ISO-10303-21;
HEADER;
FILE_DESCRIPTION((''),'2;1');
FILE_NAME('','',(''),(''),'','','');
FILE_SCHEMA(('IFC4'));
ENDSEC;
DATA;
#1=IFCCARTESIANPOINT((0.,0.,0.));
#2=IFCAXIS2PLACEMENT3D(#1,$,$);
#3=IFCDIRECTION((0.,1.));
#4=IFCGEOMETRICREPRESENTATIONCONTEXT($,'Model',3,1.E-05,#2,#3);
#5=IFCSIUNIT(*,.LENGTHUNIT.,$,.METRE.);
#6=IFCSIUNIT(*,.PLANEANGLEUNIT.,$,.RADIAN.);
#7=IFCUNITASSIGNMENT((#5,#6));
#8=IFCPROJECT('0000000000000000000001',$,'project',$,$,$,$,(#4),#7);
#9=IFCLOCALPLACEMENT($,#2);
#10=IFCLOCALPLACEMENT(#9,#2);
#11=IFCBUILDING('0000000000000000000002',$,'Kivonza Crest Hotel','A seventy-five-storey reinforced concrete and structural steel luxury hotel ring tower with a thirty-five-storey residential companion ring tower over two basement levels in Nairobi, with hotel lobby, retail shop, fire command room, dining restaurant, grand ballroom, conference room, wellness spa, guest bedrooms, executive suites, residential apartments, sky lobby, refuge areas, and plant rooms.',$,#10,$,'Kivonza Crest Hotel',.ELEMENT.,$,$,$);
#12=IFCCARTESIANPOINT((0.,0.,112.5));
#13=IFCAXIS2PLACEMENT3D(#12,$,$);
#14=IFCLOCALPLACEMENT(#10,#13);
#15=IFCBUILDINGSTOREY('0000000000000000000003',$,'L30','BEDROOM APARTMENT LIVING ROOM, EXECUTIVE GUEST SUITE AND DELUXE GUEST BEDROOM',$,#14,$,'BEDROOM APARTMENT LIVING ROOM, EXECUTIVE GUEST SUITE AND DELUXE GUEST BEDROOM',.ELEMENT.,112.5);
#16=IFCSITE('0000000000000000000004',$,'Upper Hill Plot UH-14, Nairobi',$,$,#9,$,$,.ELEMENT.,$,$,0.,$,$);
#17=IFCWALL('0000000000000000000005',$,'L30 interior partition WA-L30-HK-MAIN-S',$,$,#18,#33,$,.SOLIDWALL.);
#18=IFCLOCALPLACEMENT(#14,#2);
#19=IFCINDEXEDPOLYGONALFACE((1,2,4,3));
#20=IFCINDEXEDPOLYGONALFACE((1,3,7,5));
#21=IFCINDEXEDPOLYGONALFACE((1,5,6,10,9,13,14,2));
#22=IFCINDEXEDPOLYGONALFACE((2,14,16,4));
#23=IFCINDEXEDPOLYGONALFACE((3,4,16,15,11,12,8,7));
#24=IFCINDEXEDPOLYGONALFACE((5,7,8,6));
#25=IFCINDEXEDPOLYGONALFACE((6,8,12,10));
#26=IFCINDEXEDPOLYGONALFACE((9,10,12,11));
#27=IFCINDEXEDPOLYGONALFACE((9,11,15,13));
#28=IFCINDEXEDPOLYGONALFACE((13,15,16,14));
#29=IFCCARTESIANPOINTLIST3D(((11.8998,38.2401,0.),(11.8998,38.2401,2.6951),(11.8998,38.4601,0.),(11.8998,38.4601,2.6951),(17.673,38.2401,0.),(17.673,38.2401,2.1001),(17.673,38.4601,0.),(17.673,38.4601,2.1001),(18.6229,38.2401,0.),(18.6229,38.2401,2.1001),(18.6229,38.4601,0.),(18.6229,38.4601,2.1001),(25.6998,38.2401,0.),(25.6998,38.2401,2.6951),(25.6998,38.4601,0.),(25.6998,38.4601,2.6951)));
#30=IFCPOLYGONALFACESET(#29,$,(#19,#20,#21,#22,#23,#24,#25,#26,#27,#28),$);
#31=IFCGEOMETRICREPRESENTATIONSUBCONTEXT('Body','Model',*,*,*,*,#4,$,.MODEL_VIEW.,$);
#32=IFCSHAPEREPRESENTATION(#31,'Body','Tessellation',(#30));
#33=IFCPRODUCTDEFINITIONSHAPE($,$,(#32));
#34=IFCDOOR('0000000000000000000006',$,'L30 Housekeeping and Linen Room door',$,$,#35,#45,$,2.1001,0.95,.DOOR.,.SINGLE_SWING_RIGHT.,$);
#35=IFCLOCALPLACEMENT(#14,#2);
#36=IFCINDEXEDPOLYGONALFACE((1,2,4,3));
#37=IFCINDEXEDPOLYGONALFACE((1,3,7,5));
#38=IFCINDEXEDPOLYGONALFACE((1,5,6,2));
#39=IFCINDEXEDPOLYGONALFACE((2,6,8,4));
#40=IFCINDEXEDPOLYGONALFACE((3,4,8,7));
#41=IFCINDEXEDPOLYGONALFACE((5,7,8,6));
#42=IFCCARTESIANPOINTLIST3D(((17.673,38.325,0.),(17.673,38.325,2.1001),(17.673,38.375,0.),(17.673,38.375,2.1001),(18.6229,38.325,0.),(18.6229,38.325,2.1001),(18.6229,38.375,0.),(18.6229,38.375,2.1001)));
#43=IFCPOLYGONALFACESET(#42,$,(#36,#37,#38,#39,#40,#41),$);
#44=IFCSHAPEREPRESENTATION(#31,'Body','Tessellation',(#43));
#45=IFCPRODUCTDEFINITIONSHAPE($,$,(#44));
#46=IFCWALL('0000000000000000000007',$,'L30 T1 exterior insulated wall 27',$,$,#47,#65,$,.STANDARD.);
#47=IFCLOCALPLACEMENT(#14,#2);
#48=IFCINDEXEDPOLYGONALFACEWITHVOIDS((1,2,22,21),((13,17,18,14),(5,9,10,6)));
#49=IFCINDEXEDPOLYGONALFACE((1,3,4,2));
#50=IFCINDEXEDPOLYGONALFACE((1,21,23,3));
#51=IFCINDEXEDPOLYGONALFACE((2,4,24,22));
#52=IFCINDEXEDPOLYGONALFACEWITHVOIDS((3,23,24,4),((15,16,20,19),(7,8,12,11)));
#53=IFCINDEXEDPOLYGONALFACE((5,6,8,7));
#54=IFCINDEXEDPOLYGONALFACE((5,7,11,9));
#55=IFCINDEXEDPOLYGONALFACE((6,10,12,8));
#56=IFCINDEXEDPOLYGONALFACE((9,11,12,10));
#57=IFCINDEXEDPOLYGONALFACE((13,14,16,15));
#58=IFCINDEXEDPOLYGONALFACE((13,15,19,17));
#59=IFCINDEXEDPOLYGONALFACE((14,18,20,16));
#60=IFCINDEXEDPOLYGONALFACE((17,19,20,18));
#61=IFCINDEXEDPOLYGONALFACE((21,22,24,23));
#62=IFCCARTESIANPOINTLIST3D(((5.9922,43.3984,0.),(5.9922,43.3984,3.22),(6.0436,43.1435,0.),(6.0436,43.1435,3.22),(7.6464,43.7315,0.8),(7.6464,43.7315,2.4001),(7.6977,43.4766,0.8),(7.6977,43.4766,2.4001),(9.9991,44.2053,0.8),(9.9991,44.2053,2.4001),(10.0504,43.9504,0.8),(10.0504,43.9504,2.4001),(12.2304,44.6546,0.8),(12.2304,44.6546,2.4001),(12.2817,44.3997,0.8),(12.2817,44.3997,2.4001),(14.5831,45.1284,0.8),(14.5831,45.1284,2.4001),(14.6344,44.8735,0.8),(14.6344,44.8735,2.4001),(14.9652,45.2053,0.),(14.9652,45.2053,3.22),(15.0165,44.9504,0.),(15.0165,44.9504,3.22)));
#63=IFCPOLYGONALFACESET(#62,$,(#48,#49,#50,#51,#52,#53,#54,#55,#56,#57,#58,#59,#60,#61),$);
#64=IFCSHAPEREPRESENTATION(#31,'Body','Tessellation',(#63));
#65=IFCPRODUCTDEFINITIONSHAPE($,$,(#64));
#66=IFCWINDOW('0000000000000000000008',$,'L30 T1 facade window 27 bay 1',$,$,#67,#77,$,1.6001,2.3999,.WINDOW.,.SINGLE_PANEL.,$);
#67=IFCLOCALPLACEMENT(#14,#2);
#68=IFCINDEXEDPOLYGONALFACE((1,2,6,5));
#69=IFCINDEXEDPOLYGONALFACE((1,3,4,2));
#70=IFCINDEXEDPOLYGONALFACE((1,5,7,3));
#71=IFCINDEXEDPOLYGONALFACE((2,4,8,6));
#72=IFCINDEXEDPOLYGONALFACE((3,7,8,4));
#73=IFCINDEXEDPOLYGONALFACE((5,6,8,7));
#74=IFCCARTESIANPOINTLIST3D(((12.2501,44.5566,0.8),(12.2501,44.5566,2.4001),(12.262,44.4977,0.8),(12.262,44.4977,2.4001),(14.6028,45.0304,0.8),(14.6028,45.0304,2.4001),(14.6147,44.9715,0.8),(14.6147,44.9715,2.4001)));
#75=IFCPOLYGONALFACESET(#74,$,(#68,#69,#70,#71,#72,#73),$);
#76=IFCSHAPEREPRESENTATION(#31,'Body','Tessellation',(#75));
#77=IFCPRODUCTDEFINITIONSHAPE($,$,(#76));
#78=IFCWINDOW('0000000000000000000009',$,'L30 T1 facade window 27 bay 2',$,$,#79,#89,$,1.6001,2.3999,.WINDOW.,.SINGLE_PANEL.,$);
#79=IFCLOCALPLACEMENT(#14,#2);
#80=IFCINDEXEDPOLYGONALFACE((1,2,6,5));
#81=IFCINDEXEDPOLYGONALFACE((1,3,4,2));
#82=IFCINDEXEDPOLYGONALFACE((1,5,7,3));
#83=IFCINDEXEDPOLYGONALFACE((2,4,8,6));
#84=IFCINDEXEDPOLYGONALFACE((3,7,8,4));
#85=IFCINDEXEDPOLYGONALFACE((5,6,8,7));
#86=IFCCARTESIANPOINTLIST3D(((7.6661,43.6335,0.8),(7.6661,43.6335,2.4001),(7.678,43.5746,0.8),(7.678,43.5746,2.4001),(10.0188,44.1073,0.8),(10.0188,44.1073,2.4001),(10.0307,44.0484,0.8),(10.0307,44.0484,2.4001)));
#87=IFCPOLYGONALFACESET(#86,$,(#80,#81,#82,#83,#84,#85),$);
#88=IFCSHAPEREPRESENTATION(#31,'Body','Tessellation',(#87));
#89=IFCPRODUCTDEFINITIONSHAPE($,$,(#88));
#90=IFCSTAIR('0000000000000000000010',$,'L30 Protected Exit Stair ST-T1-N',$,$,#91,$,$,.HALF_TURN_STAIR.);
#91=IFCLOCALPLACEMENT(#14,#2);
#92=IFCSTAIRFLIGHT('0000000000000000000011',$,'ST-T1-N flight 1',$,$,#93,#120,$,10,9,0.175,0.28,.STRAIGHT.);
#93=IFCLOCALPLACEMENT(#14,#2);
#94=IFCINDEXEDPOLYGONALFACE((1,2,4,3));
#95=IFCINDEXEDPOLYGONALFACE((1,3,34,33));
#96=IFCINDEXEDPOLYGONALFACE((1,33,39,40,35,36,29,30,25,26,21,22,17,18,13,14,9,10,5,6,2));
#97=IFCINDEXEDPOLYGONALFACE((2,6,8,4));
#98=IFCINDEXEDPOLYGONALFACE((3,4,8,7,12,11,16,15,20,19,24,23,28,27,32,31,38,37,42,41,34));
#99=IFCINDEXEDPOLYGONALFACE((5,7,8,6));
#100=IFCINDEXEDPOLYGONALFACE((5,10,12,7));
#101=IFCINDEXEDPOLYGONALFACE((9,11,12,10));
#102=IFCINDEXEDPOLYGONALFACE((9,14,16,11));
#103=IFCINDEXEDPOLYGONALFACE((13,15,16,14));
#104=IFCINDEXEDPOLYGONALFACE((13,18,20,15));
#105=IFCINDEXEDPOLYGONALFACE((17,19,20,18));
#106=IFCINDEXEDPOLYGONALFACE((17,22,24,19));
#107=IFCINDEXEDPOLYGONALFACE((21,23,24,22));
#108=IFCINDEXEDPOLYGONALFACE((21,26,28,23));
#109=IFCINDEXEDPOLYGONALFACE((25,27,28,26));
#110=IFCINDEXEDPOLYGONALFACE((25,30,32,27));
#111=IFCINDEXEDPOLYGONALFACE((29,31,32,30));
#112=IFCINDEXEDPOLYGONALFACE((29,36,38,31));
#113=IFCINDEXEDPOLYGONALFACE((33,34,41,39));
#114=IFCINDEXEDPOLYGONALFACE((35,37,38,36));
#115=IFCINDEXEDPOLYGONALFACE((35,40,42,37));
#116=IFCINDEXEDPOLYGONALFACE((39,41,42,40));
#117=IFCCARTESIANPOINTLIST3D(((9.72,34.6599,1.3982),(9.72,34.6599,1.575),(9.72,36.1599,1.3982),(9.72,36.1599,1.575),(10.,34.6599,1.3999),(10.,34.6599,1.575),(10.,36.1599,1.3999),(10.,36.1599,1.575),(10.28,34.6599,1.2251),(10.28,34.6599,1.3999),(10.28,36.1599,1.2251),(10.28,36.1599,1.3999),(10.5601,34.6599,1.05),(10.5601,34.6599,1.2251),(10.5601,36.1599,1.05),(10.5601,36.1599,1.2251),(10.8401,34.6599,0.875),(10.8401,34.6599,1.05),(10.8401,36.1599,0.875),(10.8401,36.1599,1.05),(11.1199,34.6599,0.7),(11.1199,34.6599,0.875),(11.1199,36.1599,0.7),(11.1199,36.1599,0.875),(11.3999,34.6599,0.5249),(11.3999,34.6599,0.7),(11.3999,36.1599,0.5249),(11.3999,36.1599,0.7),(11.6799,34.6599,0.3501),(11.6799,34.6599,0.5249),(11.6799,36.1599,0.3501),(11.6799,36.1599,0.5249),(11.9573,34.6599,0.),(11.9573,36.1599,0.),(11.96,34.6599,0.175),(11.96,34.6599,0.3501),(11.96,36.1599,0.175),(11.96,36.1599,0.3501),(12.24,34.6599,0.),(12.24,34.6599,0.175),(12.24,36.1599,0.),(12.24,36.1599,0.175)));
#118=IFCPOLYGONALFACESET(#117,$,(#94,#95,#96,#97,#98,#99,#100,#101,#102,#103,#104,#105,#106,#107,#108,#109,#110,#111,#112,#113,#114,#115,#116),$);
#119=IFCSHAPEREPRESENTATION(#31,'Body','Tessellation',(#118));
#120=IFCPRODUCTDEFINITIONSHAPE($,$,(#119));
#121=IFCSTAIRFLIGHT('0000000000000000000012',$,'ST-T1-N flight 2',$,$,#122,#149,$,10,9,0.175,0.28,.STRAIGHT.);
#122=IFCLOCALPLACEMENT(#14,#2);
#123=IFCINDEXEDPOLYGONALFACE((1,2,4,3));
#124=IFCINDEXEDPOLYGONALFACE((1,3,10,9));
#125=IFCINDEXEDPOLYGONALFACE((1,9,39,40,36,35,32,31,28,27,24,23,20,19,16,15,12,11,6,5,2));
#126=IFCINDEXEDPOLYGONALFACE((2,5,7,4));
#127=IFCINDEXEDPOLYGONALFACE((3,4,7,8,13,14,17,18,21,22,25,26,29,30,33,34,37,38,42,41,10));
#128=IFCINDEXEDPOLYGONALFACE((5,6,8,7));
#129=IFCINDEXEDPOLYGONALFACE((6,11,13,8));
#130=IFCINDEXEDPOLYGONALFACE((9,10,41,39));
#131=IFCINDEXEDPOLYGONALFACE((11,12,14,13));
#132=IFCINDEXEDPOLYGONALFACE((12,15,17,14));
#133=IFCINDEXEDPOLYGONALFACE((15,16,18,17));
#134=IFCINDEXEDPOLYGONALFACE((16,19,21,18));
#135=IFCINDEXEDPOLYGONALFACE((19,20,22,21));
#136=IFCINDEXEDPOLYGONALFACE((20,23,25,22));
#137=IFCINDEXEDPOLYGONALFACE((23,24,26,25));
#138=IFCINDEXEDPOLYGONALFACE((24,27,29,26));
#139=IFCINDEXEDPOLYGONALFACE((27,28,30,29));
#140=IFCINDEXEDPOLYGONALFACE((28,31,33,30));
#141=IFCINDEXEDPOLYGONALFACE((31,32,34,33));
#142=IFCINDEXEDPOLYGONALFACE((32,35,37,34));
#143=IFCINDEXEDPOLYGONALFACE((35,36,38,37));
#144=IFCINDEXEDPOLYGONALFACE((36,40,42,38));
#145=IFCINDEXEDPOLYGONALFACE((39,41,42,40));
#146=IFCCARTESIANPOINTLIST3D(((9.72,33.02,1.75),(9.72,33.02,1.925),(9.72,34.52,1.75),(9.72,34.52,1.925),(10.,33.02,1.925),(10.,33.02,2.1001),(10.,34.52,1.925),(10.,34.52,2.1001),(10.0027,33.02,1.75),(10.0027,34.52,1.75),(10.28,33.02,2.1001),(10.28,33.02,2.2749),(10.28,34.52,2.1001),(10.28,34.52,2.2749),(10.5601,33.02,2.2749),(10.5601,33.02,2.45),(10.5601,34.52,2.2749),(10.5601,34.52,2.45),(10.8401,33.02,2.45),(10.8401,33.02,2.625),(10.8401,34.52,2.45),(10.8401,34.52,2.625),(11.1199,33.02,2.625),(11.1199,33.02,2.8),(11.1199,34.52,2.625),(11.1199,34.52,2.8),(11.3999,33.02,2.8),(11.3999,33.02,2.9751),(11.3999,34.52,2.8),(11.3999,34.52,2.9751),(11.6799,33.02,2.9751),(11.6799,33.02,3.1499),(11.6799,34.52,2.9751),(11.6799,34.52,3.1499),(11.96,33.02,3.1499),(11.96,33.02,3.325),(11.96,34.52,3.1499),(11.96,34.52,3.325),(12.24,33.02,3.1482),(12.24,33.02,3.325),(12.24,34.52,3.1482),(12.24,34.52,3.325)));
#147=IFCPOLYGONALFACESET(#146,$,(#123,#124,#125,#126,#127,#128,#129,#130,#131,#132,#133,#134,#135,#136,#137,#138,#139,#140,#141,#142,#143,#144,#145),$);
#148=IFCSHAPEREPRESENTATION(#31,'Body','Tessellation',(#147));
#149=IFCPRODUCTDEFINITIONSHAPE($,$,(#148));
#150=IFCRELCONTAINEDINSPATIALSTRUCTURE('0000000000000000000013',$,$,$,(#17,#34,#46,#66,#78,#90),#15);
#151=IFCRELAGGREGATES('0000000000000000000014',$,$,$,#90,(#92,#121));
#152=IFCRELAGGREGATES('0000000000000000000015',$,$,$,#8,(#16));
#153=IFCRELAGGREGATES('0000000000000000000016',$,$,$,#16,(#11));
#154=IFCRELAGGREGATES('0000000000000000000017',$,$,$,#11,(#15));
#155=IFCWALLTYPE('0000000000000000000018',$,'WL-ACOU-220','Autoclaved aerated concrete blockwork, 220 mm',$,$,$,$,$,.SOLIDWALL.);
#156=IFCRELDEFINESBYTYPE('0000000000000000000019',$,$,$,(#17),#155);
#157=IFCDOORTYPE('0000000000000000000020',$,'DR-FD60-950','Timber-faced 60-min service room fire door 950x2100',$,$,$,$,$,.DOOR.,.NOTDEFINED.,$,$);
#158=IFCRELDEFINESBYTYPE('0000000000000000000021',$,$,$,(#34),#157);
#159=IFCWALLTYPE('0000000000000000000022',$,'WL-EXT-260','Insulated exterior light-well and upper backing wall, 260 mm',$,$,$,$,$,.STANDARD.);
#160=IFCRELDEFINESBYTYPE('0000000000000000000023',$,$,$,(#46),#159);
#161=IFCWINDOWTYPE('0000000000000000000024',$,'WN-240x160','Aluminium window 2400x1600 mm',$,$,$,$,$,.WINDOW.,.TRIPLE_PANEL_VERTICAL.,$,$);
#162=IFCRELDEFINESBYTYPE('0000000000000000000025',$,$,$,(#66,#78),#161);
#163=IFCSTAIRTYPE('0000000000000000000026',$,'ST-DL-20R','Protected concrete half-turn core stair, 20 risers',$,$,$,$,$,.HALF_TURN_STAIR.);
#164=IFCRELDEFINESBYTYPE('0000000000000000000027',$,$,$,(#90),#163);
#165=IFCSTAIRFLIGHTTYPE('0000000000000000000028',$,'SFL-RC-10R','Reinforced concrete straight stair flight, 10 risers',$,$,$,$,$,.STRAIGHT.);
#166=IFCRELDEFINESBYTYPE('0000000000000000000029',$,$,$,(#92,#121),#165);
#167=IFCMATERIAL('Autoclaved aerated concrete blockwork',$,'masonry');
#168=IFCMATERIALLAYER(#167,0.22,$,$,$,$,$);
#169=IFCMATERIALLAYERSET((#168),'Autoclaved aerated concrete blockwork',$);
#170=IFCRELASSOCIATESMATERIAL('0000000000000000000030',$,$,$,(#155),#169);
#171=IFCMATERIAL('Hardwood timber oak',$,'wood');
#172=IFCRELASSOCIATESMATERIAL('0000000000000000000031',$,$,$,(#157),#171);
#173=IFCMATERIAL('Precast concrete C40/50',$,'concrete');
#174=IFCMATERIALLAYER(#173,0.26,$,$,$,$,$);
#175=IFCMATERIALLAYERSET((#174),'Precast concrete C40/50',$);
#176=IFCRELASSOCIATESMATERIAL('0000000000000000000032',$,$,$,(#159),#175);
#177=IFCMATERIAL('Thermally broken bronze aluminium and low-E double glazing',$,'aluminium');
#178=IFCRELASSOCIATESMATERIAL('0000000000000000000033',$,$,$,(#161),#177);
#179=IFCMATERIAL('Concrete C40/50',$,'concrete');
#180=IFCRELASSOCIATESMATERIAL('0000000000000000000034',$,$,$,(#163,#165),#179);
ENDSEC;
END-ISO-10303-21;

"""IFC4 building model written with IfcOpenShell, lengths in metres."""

from ifc_helpers import new_model, si_unit, direction, frame, frame_2d, origin, place, context, subcontext, project, spatial, polyline, rectangle, outline, extrude, material, layer, layer_set, type_object, element, fill, aggregate, save


model = new_model("IFC4")

# Units and contexts
model_context = context("Model", 3, precision=1e-05, world=origin(), true_north=direction((0.0, 1.0)))
body_context = subcontext(model_context, "Body", "Model", "MODEL_VIEW")
ifc_project = project(units=[si_unit("LENGTHUNIT", "METRE"), si_unit("PLANEANGLEUNIT", "RADIAN")], contexts=[model_context])

# Site, building, storey
site_placement = place(None, origin())
site = spatial("IfcSite", under=ifc_project, at=site_placement, Name="Upper Hill Plot UH-14, Nairobi", CompositionType="ELEMENT", RefElevation=0.0)
building_placement = place(site_placement, origin())
building = spatial("IfcBuilding", under=site, at=building_placement, Name="Kivonza Crest Hotel", Description="A seventy-five-storey reinforced concrete and structural steel luxury hotel ring tower with a thirty-five-storey residential companion ring tower over two basement levels in Nairobi, with hotel lobby, retail shop, fire command room, dining restaurant, grand ballroom, conference room, wellness spa, guest bedrooms, executive suites, residential apartments, sky lobby, refuge areas, and plant rooms.", LongName="Kivonza Crest Hotel", CompositionType="ELEMENT")
storey_placement = place(building_placement, frame((0.0, 0.0, 112.5)))
storey = spatial("IfcBuildingStorey", under=building, at=storey_placement, Name="L30", Description="BEDROOM APARTMENT LIVING ROOM, EXECUTIVE GUEST SUITE AND DELUXE GUEST BEDROOM", LongName="BEDROOM APARTMENT LIVING ROOM, EXECUTIVE GUEST SUITE AND DELUXE GUEST BEDROOM", CompositionType="ELEMENT", Elevation=112.5)

# Wall, opening, door
ifc_material_1 = material(Name="Autoclaved aerated concrete blockwork", Category="masonry")
ifc_layer_1 = layer(ifc_material_1, 0.22)
ifc_layer_set_1 = layer_set([ifc_layer_1], Name="Autoclaved aerated concrete blockwork")
wall_type_1 = type_object("IfcWallType", Name="WL-ACOU-220", Description="Autoclaved aerated concrete blockwork, 220 mm", PredefinedType="SOLIDWALL", material=ifc_layer_set_1)
wall_1_placement = place(storey_placement, frame((11.8999, 38.3501, 0.0), z_axis=(0.0, 0.0, 1.0), x_axis=(1.0, 0.0, 0.0)))
wall_1 = element("IfcWall", 1, at=wall_1_placement, inside=storey, type_object=wall_type_1, Name="L30 interior partition WA-L30-HK-MAIN-S", PredefinedType="SOLIDWALL", context=body_context, shape_type="SweptSolid", body=[
    extrude(rectangle(XDim=13.8, YDim=0.22, at=frame_2d((6.8999, 0.0))), origin(), (0.0, 0.0, 1.0), 2.6951),
])
opening_1_placement = place(wall_1_placement, frame((5.7729, 0.0, 0.0)))
opening_1 = element("IfcOpeningElement", 2, at=opening_1_placement, cuts=wall_1, PredefinedType="OPENING", context=body_context, shape_type="SweptSolid", body=[
    extrude(rectangle(XDim=0.95, YDim=2.1001, at=frame_2d((0.4751, 1.05))), frame((0.0, 0.1201, 0.0), z_axis=(0.0, -1.0, 0.0), x_axis=(1.0, 0.0, 0.0)), (0.0, 0.0, 1.0), 0.24),
])
ifc_material_2 = material(Name="Hardwood timber oak", Category="wood")
door_type = type_object("IfcDoorType", Name="DR-FD60-950", Description="Timber-faced 60-min service room fire door 950x2100", OperationType="NOTDEFINED", PredefinedType="DOOR", material=ifc_material_2)
door_placement = place(opening_1_placement, origin())
door = element("IfcDoor", 3, at=door_placement, inside=storey, type_object=door_type, Name="L30 Housekeeping and Linen Room door", OperationType="SINGLE_SWING_RIGHT", OverallHeight=2.1001, OverallWidth=0.95, PredefinedType="DOOR", context=body_context, shape_type="SweptSolid", body=[
    extrude(rectangle(XDim=0.95, YDim=2.1001, at=frame_2d((0.4751, 1.05))), frame((0.0, 0.0249, 0.0), z_axis=(0.0, -1.0, 0.0), x_axis=(1.0, 0.0, 0.0)), (0.0, 0.0, 1.0), 0.05),
])
fill(opening_1, door)

# Wall, openings, windows
ifc_material_3 = material(Name="Precast concrete C40/50", Category="concrete")
ifc_layer_2 = layer(ifc_material_3, 0.26)
ifc_layer_set_2 = layer_set([ifc_layer_2], Name="Precast concrete C40/50")
wall_type_2 = type_object("IfcWallType", Name="WL-EXT-260", Description="Insulated exterior light-well and upper backing wall, 260 mm", PredefinedType="STANDARD", material=ifc_layer_set_2)
wall_2_placement = place(storey_placement, frame((14.991, 45.0779, 0.0), z_axis=(0.0, 0.0, 1.0), x_axis=(-0.980321, -0.197409, 0.0)))
wall_2 = element("IfcWall", 4, at=wall_2_placement, inside=storey, type_object=wall_type_2, Name="L30 T1 exterior insulated wall 27", PredefinedType="STANDARD", context=body_context, shape_type="SweptSolid", body=[
    extrude(rectangle(XDim=9.1531, YDim=0.26, at=frame_2d((4.5767, 0.0))), origin(), (0.0, 0.0, 1.0), 3.22),
])
opening_2_placement = place(wall_2_placement, frame((0.3899, 0.0, 0.8)))
opening_2 = element("IfcOpeningElement", 5, at=opening_2_placement, cuts=wall_2, PredefinedType="OPENING", context=body_context, shape_type="SweptSolid", body=[
    extrude(rectangle(XDim=2.3999, YDim=1.6001, at=frame_2d((1.2, 0.8))), frame((0.0, 0.1401, 0.0), z_axis=(0.0, -1.0, 0.0), x_axis=(1.0, 0.0, 0.0)), (0.0, 0.0, 1.0), 0.28),
])
opening_3_placement = place(wall_2_placement, frame((5.0659, 0.0, 0.8)))
opening_3 = element("IfcOpeningElement", 6, at=opening_3_placement, cuts=wall_2, PredefinedType="OPENING", context=body_context, shape_type="SweptSolid", body=[
    extrude(rectangle(XDim=2.3999, YDim=1.6001, at=frame_2d((1.2, 0.8))), frame((0.0, 0.1401, 0.0), z_axis=(0.0, -1.0, 0.0), x_axis=(1.0, 0.0, 0.0)), (0.0, 0.0, 1.0), 0.28),
])
ifc_material_4 = material(Name="Thermally broken bronze aluminium and low-E double glazing", Category="aluminium")
window_type = type_object("IfcWindowType", Name="WN-240x160", Description="Aluminium window 2400x1600 mm", PartitioningType="TRIPLE_PANEL_VERTICAL", PredefinedType="WINDOW", material=ifc_material_4)
window_1_placement = place(opening_2_placement, origin())
window_1 = element("IfcWindow", 7, at=window_1_placement, inside=storey, type_object=window_type, Name="L30 T1 facade window 27 bay 1", OverallHeight=1.6001, OverallWidth=2.3999, PartitioningType="SINGLE_PANEL", PredefinedType="WINDOW", context=body_context, shape_type="SweptSolid", body=[
    extrude(rectangle(XDim=2.3999, YDim=1.6001, at=frame_2d((1.2, 0.8))), frame((0.0, 0.03, 0.0), z_axis=(0.0, -1.0, 0.0), x_axis=(1.0, 0.0, 0.0)), (0.0, 0.0, 1.0), 0.0601),
])
fill(opening_2, window_1)
window_2_placement = place(opening_3_placement, origin())
window_2 = element("IfcWindow", 8, at=window_2_placement, inside=storey, type_object=window_type, Name="L30 T1 facade window 27 bay 2", OverallHeight=1.6001, OverallWidth=2.3999, PartitioningType="SINGLE_PANEL", PredefinedType="WINDOW", context=body_context, shape_type="SweptSolid", body=[
    extrude(rectangle(XDim=2.3999, YDim=1.6001, at=frame_2d((1.2, 0.8))), frame((0.0, 0.03, 0.0), z_axis=(0.0, -1.0, 0.0), x_axis=(1.0, 0.0, 0.0)), (0.0, 0.0, 1.0), 0.0601),
])
fill(opening_3, window_2)

# Stair, stair flights
ifc_material_5 = material(Name="Concrete C40/50", Category="concrete")
stair_type = type_object("IfcStairType", Name="ST-DL-20R", Description="Protected concrete half-turn core stair, 20 risers", PredefinedType="HALF_TURN_STAIR", material=ifc_material_5)
stair_placement = place(storey_placement, origin())
stair = element("IfcStair", 9, at=stair_placement, inside=storey, type_object=stair_type, Name="L30 Protected Exit Stair ST-T1-N", PredefinedType="HALF_TURN_STAIR")
stair_flight_type = type_object("IfcStairFlightType", Name="SFL-RC-10R", Description="Reinforced concrete straight stair flight, 10 risers", PredefinedType="STRAIGHT", material=ifc_material_5)
stair_flight_1_placement = place(storey_placement, frame((12.24, 35.4099, 0.0), z_axis=(0.0, 0.0, 1.0), x_axis=(-1.0, 0.0, 0.0)))
stair_flight_1 = element("IfcStairFlight", 10, at=stair_flight_1_placement, type_object=stair_flight_type, Name="ST-T1-N flight 1", NumberOfRisers=10, NumberOfTreads=9, PredefinedType="STRAIGHT", RiserHeight=0.175, TreadLength=0.28, context=body_context, shape_type="SweptSolid", body=[
    extrude(outline(polyline([(0.0, 0.0), (0.0, 0.175), (0.28, 0.175), (0.28, 0.3501), (0.5601, 0.3501), (0.5601, 0.5249), (0.8401, 0.5249), (0.8401, 0.7), (1.1201, 0.7), (1.1201, 0.875), (1.3999, 0.875), (1.3999, 1.05), (1.6799, 1.05), (1.6799, 1.2251), (1.96, 1.2251), (1.96, 1.3999), (2.24, 1.3999), (2.24, 1.575), (2.52, 1.575), (2.52, 1.75), (2.52, 1.3982), (0.2827, 0.0), (0.0, 0.0)])), frame((0.0, 0.75, 0.0), z_axis=(0.0, -1.0, 0.0), x_axis=(1.0, 0.0, 0.0)), (0.0, 0.0, 1.0), 1.5),
])
stair_flight_2_placement = place(storey_placement, frame((9.72, 33.77, 1.75), z_axis=(0.0, 0.0, 1.0), x_axis=(1.0, 0.0, 0.0)))
stair_flight_2 = element("IfcStairFlight", 11, at=stair_flight_2_placement, type_object=stair_flight_type, Name="ST-T1-N flight 2", NumberOfRisers=10, NumberOfTreads=9, PredefinedType="STRAIGHT", RiserHeight=0.175, TreadLength=0.28, context=body_context, shape_type="SweptSolid", body=[
    extrude(outline(polyline([(0.0, 0.0), (0.0, 0.175), (0.28, 0.175), (0.28, 0.3501), (0.5601, 0.3501), (0.5601, 0.5249), (0.8401, 0.5249), (0.8401, 0.7), (1.1201, 0.7), (1.1201, 0.875), (1.3999, 0.875), (1.3999, 1.05), (1.6799, 1.05), (1.6799, 1.2251), (1.96, 1.2251), (1.96, 1.3999), (2.24, 1.3999), (2.24, 1.575), (2.52, 1.575), (2.52, 1.75), (2.52, 1.3982), (0.2827, 0.0), (0.0, 0.0)])), frame((0.0, 0.75, 0.0), z_axis=(0.0, -1.0, 0.0), x_axis=(1.0, 0.0, 0.0)), (0.0, 0.0, 1.0), 1.5),
])
aggregate(stair, [stair_flight_1, stair_flight_2])

save(model, "model.ifc")
